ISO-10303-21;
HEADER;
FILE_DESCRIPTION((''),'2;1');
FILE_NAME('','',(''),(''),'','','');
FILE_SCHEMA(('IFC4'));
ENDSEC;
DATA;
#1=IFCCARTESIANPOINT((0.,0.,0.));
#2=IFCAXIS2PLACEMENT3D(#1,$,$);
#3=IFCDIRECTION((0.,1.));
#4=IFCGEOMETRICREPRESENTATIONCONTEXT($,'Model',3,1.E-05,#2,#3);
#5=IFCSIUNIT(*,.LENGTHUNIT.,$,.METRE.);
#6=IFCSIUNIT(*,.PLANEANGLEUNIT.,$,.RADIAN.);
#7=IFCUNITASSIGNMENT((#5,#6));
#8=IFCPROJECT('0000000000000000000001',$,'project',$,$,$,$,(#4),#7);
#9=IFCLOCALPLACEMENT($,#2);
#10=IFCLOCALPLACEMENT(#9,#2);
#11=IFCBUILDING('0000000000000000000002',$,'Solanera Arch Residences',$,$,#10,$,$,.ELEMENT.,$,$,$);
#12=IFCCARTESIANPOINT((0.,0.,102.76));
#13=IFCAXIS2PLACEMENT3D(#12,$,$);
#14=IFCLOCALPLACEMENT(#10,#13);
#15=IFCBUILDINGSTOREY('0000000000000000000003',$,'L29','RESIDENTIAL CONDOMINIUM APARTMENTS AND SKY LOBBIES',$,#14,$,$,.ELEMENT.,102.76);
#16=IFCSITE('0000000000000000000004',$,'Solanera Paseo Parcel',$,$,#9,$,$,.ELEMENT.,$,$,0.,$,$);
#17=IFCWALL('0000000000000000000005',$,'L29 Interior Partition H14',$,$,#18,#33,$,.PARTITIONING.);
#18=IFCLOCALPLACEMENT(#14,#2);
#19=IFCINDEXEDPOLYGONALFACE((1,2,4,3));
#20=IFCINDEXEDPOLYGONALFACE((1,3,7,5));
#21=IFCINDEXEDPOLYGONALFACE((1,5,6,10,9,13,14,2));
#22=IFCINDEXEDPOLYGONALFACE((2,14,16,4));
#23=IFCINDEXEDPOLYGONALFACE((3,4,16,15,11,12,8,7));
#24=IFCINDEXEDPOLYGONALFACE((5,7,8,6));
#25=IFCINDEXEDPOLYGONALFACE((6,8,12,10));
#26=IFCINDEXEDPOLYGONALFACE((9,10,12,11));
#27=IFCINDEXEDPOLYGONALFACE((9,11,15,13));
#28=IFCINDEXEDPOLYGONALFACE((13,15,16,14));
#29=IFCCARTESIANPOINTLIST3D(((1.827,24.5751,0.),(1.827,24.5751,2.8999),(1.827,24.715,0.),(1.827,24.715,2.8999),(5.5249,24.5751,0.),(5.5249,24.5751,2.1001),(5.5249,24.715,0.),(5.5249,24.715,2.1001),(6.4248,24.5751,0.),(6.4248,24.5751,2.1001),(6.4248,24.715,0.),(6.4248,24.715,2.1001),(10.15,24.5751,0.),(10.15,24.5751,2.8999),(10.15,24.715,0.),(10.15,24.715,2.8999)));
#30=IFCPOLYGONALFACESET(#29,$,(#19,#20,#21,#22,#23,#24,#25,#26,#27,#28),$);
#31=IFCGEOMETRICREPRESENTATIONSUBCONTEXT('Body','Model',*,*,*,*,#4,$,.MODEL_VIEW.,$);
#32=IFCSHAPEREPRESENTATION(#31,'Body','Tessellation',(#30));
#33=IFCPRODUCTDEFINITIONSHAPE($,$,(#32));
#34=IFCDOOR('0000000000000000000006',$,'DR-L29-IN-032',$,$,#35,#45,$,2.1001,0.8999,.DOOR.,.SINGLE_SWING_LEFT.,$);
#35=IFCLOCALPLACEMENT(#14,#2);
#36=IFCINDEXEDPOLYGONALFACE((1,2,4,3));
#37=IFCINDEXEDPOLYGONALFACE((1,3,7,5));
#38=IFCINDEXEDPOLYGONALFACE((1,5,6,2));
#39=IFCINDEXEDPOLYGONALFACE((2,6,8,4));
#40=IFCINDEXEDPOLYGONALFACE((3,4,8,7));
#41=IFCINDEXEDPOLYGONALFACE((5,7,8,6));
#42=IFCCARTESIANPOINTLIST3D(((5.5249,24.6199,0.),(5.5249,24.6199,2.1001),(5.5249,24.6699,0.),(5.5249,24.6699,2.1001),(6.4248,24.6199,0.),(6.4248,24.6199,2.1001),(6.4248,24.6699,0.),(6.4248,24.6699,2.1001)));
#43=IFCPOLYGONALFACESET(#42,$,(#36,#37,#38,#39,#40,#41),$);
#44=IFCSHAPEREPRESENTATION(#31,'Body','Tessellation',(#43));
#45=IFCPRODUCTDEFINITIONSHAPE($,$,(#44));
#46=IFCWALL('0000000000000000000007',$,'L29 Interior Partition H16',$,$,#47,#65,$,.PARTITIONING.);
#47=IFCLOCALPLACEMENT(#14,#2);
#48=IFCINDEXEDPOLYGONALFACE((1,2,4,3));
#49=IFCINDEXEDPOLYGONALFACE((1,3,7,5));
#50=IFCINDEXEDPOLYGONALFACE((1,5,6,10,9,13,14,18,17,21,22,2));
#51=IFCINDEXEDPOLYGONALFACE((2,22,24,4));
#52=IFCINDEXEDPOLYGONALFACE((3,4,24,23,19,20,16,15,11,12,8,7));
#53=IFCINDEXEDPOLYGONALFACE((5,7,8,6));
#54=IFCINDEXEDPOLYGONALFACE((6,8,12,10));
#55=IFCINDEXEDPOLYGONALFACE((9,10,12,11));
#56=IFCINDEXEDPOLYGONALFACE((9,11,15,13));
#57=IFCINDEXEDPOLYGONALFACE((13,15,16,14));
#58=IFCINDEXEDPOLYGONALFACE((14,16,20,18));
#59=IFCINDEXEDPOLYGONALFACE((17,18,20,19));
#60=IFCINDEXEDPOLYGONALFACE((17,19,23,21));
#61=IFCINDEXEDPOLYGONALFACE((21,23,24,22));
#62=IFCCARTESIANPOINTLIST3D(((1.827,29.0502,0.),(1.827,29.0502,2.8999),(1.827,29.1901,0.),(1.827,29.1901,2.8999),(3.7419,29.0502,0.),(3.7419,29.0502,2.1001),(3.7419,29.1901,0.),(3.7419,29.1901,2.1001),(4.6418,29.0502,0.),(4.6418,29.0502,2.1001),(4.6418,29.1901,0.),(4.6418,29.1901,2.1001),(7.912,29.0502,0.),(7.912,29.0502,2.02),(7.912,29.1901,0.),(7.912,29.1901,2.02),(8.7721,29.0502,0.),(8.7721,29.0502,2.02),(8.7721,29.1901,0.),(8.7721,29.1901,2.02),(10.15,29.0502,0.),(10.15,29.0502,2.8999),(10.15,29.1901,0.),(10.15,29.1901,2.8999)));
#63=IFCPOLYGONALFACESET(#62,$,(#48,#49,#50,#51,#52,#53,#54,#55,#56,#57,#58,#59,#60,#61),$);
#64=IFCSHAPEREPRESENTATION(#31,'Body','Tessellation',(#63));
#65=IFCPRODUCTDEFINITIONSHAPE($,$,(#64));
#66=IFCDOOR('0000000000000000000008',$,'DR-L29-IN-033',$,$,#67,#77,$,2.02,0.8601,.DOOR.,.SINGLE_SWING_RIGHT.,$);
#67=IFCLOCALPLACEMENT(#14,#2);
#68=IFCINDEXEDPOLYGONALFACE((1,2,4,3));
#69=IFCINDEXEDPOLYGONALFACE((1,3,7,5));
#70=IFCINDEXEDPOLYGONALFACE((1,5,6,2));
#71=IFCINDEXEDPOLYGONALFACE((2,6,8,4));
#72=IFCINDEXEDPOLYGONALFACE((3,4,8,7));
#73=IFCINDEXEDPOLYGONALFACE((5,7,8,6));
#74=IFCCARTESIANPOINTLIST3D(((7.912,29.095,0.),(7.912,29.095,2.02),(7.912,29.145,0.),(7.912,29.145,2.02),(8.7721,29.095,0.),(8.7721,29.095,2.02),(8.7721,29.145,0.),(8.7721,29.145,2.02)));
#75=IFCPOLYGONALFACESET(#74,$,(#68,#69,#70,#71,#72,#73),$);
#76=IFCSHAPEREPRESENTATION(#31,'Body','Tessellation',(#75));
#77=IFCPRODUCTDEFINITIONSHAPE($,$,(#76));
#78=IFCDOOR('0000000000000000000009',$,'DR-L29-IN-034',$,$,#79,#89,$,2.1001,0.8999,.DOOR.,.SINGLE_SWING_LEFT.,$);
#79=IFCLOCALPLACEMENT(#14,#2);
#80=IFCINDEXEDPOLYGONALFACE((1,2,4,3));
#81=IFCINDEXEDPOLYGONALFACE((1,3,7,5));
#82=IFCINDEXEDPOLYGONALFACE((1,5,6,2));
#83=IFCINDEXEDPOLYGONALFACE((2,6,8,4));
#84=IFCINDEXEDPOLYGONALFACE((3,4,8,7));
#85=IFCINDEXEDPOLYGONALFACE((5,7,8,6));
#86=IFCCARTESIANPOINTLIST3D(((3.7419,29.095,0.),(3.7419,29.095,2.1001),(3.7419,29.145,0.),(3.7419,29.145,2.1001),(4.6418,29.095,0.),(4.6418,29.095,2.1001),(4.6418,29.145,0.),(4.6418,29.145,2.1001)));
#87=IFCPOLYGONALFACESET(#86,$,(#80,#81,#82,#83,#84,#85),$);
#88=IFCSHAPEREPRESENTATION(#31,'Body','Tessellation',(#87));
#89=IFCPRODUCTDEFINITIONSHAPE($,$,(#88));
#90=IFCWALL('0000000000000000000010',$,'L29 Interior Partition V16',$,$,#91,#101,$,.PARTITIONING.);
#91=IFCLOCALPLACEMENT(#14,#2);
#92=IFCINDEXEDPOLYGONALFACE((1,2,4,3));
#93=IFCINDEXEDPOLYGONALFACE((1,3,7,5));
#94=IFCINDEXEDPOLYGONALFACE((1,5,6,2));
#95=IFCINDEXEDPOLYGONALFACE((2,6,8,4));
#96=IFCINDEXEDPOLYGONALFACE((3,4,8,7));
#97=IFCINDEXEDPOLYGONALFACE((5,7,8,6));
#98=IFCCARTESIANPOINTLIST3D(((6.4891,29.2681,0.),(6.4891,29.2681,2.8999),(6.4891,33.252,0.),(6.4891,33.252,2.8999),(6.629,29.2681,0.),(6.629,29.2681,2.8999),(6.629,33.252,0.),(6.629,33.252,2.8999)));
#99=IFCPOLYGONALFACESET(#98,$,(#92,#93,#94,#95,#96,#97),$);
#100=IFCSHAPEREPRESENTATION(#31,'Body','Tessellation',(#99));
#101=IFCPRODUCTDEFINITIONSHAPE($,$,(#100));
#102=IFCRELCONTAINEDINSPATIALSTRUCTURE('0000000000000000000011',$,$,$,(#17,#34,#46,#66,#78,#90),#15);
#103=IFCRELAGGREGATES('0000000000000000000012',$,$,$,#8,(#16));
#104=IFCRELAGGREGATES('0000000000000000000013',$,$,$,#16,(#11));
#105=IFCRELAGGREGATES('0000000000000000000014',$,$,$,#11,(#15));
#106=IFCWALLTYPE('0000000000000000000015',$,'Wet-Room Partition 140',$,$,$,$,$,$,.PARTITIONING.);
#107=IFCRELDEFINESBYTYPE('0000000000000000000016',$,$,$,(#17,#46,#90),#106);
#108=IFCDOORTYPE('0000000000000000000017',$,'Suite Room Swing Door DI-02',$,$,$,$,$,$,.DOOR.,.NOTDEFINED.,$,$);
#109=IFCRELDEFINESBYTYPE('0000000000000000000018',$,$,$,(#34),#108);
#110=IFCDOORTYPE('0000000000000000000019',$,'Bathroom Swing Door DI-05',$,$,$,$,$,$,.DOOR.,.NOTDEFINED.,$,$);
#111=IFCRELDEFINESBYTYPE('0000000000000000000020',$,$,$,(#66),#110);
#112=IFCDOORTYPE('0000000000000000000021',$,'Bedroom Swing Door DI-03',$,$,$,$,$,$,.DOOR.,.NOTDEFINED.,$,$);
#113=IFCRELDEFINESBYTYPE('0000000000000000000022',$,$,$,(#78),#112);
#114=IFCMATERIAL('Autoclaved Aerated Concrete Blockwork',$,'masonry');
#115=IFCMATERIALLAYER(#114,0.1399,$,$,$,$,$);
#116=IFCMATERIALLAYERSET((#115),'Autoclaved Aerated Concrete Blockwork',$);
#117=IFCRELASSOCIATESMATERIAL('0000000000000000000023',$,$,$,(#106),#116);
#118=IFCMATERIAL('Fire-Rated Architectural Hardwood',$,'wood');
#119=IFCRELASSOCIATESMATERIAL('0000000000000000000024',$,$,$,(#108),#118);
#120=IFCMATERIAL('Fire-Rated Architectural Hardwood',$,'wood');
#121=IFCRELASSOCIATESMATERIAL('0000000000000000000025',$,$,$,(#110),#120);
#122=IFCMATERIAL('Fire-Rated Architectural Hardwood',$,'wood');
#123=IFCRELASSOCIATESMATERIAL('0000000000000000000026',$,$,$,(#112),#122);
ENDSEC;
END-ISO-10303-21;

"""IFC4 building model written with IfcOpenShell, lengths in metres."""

from ifc_helpers import new_model, si_unit, direction, frame, frame_2d, origin, place, context, subcontext, project, spatial, rectangle, extrude, material, layer, layer_set, type_object, element, fill, save


model = new_model("IFC4")

# Units and contexts
model_context = context("Model", 3, precision=1e-05, world=origin(), true_north=direction((0.0, 1.0)))
body_context = subcontext(model_context, "Body", "Model", "MODEL_VIEW")
ifc_project = project(units=[si_unit("LENGTHUNIT", "METRE"), si_unit("PLANEANGLEUNIT", "RADIAN")], contexts=[model_context])

# Site, building, storey
site_placement = place(None, origin())
site = spatial("IfcSite", under=ifc_project, at=site_placement, Name="Solanera Paseo Parcel", CompositionType="ELEMENT", RefElevation=0.0)
building_placement = place(site_placement, origin())
building = spatial("IfcBuilding", under=site, at=building_placement, Name="Solanera Arch Residences", CompositionType="ELEMENT")
storey_placement = place(building_placement, frame((0.0, 0.0, 102.76)))
storey = spatial("IfcBuildingStorey", under=building, at=storey_placement, Name="L29", Description="RESIDENTIAL CONDOMINIUM APARTMENTS AND SKY LOBBIES", CompositionType="ELEMENT", Elevation=102.76)

# Wall, opening, door
ifc_material_1 = material(Name="Autoclaved Aerated Concrete Blockwork", Category="masonry")
ifc_layer_1 = layer(ifc_material_1, 0.1399)
ifc_layer_set_1 = layer_set([ifc_layer_1], Name="Autoclaved Aerated Concrete Blockwork")
wall_type_1 = type_object("IfcWallType", Name="Wet-Room Partition 140", PredefinedType="PARTITIONING", material=ifc_layer_set_1)
wall_1_placement = place(storey_placement, frame((1.8269, 24.645, 0.0), z_axis=(0.0, 0.0, 1.0), x_axis=(1.0, 0.0, 0.0)))
wall_1 = element("IfcWall", 1, at=wall_1_placement, inside=storey, type_object=wall_type_1, Name="L29 Interior Partition H14", PredefinedType="PARTITIONING", context=body_context, shape_type="SweptSolid", body=[
    extrude(rectangle(XDim=8.323, YDim=0.1399, at=frame_2d((4.1616, 0.0))), origin(), (0.0, 0.0, 1.0), 2.8999),
])
opening_1_placement = place(wall_1_placement, frame((3.698, 0.0, 0.0)))
opening_1 = element("IfcOpeningElement", 2, at=opening_1_placement, cuts=wall_1, PredefinedType="OPENING", context=body_context, shape_type="SweptSolid", body=[
    extrude(rectangle(XDim=0.8999, YDim=2.1001, at=frame_2d((0.45, 1.05))), frame((0.0, 0.0798, 0.0), z_axis=(0.0, -1.0, 0.0), x_axis=(1.0, 0.0, 0.0)), (0.0, 0.0, 1.0), 0.1599),
])
ifc_material_2 = material(Name="Fire-Rated Architectural Hardwood", Category="wood")
door_type_1 = type_object("IfcDoorType", Name="Suite Room Swing Door DI-02", OperationType="NOTDEFINED", PredefinedType="DOOR", material=ifc_material_2)
door_1_placement = place(opening_1_placement, origin())
door_1 = element("IfcDoor", 3, at=door_1_placement, inside=storey, type_object=door_type_1, Name="DR-L29-IN-032", OperationType="SINGLE_SWING_LEFT", OverallHeight=2.1001, OverallWidth=0.8999, PredefinedType="DOOR", context=body_context, shape_type="SweptSolid", body=[
    extrude(rectangle(XDim=0.8999, YDim=2.1001, at=frame_2d((0.45, 1.05))), frame((0.0, 0.0249, 0.0), z_axis=(0.0, -1.0, 0.0), x_axis=(1.0, 0.0, 0.0)), (0.0, 0.0, 1.0), 0.05),
])
fill(opening_1, door_1)

# Wall, openings, doors
wall_2_placement = place(storey_placement, frame((1.8269, 29.1201, 0.0), z_axis=(0.0, 0.0, 1.0), x_axis=(1.0, 0.0, 0.0)))
wall_2 = element("IfcWall", 4, at=wall_2_placement, inside=storey, type_object=wall_type_1, Name="L29 Interior Partition H16", PredefinedType="PARTITIONING", context=body_context, shape_type="SweptSolid", body=[
    extrude(rectangle(XDim=8.323, YDim=0.1399, at=frame_2d((4.1616, 0.0))), origin(), (0.0, 0.0, 1.0), 2.8999),
])
opening_2_placement = place(wall_2_placement, frame((6.085, 0.0, 0.0)))
opening_2 = element("IfcOpeningElement", 5, at=opening_2_placement, cuts=wall_2, PredefinedType="OPENING", context=body_context, shape_type="SweptSolid", body=[
    extrude(rectangle(XDim=0.8601, YDim=2.02, at=frame_2d((0.4302, 1.01))), frame((0.0, 0.0798, 0.0), z_axis=(0.0, -1.0, 0.0), x_axis=(1.0, 0.0, 0.0)), (0.0, 0.0, 1.0), 0.1599),
])
opening_3_placement = place(wall_2_placement, frame((1.915, 0.0, 0.0)))
opening_3 = element("IfcOpeningElement", 6, at=opening_3_placement, cuts=wall_2, PredefinedType="OPENING", context=body_context, shape_type="SweptSolid", body=[
    extrude(rectangle(XDim=0.8999, YDim=2.1001, at=frame_2d((0.45, 1.05))), frame((0.0, 0.0798, 0.0), z_axis=(0.0, -1.0, 0.0), x_axis=(1.0, 0.0, 0.0)), (0.0, 0.0, 1.0), 0.1599),
])
ifc_material_3 = material(Name="Fire-Rated Architectural Hardwood", Category="wood")
door_type_2 = type_object("IfcDoorType", Name="Bathroom Swing Door DI-05", OperationType="NOTDEFINED", PredefinedType="DOOR", material=ifc_material_3)
door_2_placement = place(opening_2_placement, origin())
door_2 = element("IfcDoor", 7, at=door_2_placement, inside=storey, type_object=door_type_2, Name="DR-L29-IN-033", OperationType="SINGLE_SWING_RIGHT", OverallHeight=2.02, OverallWidth=0.8601, PredefinedType="DOOR", context=body_context, shape_type="SweptSolid", body=[
    extrude(rectangle(XDim=0.8601, YDim=2.02, at=frame_2d((0.4302, 1.01))), frame((0.0, 0.0249, 0.0), z_axis=(0.0, -1.0, 0.0), x_axis=(1.0, 0.0, 0.0)), (0.0, 0.0, 1.0), 0.05),
])
fill(opening_2, door_2)
ifc_material_4 = material(Name="Fire-Rated Architectural Hardwood", Category="wood")
door_type_3 = type_object("IfcDoorType", Name="Bedroom Swing Door DI-03", OperationType="NOTDEFINED", PredefinedType="DOOR", material=ifc_material_4)
door_3_placement = place(opening_3_placement, origin())
door_3 = element("IfcDoor", 8, at=door_3_placement, inside=storey, type_object=door_type_3, Name="DR-L29-IN-034", OperationType="SINGLE_SWING_LEFT", OverallHeight=2.1001, OverallWidth=0.8999, PredefinedType="DOOR", context=body_context, shape_type="SweptSolid", body=[
    extrude(rectangle(XDim=0.8999, YDim=2.1001, at=frame_2d((0.45, 1.05))), frame((0.0, 0.0249, 0.0), z_axis=(0.0, -1.0, 0.0), x_axis=(1.0, 0.0, 0.0)), (0.0, 0.0, 1.0), 0.05),
])
fill(opening_3, door_3)

# Wall
wall_3_placement = place(storey_placement, frame((6.5591, 29.2681, 0.0), z_axis=(0.0, 0.0, 1.0), x_axis=(0.0, 1.0, 0.0)))
element("IfcWall", 9, at=wall_3_placement, inside=storey, type_object=wall_type_1, Name="L29 Interior Partition V16", PredefinedType="PARTITIONING", context=body_context, shape_type="SweptSolid", body=[
    extrude(rectangle(XDim=3.9839, YDim=0.1399, at=frame_2d((1.9919, 0.0))), origin(), (0.0, 0.0, 1.0), 2.8999),
])

save(model, "model.ifc")
